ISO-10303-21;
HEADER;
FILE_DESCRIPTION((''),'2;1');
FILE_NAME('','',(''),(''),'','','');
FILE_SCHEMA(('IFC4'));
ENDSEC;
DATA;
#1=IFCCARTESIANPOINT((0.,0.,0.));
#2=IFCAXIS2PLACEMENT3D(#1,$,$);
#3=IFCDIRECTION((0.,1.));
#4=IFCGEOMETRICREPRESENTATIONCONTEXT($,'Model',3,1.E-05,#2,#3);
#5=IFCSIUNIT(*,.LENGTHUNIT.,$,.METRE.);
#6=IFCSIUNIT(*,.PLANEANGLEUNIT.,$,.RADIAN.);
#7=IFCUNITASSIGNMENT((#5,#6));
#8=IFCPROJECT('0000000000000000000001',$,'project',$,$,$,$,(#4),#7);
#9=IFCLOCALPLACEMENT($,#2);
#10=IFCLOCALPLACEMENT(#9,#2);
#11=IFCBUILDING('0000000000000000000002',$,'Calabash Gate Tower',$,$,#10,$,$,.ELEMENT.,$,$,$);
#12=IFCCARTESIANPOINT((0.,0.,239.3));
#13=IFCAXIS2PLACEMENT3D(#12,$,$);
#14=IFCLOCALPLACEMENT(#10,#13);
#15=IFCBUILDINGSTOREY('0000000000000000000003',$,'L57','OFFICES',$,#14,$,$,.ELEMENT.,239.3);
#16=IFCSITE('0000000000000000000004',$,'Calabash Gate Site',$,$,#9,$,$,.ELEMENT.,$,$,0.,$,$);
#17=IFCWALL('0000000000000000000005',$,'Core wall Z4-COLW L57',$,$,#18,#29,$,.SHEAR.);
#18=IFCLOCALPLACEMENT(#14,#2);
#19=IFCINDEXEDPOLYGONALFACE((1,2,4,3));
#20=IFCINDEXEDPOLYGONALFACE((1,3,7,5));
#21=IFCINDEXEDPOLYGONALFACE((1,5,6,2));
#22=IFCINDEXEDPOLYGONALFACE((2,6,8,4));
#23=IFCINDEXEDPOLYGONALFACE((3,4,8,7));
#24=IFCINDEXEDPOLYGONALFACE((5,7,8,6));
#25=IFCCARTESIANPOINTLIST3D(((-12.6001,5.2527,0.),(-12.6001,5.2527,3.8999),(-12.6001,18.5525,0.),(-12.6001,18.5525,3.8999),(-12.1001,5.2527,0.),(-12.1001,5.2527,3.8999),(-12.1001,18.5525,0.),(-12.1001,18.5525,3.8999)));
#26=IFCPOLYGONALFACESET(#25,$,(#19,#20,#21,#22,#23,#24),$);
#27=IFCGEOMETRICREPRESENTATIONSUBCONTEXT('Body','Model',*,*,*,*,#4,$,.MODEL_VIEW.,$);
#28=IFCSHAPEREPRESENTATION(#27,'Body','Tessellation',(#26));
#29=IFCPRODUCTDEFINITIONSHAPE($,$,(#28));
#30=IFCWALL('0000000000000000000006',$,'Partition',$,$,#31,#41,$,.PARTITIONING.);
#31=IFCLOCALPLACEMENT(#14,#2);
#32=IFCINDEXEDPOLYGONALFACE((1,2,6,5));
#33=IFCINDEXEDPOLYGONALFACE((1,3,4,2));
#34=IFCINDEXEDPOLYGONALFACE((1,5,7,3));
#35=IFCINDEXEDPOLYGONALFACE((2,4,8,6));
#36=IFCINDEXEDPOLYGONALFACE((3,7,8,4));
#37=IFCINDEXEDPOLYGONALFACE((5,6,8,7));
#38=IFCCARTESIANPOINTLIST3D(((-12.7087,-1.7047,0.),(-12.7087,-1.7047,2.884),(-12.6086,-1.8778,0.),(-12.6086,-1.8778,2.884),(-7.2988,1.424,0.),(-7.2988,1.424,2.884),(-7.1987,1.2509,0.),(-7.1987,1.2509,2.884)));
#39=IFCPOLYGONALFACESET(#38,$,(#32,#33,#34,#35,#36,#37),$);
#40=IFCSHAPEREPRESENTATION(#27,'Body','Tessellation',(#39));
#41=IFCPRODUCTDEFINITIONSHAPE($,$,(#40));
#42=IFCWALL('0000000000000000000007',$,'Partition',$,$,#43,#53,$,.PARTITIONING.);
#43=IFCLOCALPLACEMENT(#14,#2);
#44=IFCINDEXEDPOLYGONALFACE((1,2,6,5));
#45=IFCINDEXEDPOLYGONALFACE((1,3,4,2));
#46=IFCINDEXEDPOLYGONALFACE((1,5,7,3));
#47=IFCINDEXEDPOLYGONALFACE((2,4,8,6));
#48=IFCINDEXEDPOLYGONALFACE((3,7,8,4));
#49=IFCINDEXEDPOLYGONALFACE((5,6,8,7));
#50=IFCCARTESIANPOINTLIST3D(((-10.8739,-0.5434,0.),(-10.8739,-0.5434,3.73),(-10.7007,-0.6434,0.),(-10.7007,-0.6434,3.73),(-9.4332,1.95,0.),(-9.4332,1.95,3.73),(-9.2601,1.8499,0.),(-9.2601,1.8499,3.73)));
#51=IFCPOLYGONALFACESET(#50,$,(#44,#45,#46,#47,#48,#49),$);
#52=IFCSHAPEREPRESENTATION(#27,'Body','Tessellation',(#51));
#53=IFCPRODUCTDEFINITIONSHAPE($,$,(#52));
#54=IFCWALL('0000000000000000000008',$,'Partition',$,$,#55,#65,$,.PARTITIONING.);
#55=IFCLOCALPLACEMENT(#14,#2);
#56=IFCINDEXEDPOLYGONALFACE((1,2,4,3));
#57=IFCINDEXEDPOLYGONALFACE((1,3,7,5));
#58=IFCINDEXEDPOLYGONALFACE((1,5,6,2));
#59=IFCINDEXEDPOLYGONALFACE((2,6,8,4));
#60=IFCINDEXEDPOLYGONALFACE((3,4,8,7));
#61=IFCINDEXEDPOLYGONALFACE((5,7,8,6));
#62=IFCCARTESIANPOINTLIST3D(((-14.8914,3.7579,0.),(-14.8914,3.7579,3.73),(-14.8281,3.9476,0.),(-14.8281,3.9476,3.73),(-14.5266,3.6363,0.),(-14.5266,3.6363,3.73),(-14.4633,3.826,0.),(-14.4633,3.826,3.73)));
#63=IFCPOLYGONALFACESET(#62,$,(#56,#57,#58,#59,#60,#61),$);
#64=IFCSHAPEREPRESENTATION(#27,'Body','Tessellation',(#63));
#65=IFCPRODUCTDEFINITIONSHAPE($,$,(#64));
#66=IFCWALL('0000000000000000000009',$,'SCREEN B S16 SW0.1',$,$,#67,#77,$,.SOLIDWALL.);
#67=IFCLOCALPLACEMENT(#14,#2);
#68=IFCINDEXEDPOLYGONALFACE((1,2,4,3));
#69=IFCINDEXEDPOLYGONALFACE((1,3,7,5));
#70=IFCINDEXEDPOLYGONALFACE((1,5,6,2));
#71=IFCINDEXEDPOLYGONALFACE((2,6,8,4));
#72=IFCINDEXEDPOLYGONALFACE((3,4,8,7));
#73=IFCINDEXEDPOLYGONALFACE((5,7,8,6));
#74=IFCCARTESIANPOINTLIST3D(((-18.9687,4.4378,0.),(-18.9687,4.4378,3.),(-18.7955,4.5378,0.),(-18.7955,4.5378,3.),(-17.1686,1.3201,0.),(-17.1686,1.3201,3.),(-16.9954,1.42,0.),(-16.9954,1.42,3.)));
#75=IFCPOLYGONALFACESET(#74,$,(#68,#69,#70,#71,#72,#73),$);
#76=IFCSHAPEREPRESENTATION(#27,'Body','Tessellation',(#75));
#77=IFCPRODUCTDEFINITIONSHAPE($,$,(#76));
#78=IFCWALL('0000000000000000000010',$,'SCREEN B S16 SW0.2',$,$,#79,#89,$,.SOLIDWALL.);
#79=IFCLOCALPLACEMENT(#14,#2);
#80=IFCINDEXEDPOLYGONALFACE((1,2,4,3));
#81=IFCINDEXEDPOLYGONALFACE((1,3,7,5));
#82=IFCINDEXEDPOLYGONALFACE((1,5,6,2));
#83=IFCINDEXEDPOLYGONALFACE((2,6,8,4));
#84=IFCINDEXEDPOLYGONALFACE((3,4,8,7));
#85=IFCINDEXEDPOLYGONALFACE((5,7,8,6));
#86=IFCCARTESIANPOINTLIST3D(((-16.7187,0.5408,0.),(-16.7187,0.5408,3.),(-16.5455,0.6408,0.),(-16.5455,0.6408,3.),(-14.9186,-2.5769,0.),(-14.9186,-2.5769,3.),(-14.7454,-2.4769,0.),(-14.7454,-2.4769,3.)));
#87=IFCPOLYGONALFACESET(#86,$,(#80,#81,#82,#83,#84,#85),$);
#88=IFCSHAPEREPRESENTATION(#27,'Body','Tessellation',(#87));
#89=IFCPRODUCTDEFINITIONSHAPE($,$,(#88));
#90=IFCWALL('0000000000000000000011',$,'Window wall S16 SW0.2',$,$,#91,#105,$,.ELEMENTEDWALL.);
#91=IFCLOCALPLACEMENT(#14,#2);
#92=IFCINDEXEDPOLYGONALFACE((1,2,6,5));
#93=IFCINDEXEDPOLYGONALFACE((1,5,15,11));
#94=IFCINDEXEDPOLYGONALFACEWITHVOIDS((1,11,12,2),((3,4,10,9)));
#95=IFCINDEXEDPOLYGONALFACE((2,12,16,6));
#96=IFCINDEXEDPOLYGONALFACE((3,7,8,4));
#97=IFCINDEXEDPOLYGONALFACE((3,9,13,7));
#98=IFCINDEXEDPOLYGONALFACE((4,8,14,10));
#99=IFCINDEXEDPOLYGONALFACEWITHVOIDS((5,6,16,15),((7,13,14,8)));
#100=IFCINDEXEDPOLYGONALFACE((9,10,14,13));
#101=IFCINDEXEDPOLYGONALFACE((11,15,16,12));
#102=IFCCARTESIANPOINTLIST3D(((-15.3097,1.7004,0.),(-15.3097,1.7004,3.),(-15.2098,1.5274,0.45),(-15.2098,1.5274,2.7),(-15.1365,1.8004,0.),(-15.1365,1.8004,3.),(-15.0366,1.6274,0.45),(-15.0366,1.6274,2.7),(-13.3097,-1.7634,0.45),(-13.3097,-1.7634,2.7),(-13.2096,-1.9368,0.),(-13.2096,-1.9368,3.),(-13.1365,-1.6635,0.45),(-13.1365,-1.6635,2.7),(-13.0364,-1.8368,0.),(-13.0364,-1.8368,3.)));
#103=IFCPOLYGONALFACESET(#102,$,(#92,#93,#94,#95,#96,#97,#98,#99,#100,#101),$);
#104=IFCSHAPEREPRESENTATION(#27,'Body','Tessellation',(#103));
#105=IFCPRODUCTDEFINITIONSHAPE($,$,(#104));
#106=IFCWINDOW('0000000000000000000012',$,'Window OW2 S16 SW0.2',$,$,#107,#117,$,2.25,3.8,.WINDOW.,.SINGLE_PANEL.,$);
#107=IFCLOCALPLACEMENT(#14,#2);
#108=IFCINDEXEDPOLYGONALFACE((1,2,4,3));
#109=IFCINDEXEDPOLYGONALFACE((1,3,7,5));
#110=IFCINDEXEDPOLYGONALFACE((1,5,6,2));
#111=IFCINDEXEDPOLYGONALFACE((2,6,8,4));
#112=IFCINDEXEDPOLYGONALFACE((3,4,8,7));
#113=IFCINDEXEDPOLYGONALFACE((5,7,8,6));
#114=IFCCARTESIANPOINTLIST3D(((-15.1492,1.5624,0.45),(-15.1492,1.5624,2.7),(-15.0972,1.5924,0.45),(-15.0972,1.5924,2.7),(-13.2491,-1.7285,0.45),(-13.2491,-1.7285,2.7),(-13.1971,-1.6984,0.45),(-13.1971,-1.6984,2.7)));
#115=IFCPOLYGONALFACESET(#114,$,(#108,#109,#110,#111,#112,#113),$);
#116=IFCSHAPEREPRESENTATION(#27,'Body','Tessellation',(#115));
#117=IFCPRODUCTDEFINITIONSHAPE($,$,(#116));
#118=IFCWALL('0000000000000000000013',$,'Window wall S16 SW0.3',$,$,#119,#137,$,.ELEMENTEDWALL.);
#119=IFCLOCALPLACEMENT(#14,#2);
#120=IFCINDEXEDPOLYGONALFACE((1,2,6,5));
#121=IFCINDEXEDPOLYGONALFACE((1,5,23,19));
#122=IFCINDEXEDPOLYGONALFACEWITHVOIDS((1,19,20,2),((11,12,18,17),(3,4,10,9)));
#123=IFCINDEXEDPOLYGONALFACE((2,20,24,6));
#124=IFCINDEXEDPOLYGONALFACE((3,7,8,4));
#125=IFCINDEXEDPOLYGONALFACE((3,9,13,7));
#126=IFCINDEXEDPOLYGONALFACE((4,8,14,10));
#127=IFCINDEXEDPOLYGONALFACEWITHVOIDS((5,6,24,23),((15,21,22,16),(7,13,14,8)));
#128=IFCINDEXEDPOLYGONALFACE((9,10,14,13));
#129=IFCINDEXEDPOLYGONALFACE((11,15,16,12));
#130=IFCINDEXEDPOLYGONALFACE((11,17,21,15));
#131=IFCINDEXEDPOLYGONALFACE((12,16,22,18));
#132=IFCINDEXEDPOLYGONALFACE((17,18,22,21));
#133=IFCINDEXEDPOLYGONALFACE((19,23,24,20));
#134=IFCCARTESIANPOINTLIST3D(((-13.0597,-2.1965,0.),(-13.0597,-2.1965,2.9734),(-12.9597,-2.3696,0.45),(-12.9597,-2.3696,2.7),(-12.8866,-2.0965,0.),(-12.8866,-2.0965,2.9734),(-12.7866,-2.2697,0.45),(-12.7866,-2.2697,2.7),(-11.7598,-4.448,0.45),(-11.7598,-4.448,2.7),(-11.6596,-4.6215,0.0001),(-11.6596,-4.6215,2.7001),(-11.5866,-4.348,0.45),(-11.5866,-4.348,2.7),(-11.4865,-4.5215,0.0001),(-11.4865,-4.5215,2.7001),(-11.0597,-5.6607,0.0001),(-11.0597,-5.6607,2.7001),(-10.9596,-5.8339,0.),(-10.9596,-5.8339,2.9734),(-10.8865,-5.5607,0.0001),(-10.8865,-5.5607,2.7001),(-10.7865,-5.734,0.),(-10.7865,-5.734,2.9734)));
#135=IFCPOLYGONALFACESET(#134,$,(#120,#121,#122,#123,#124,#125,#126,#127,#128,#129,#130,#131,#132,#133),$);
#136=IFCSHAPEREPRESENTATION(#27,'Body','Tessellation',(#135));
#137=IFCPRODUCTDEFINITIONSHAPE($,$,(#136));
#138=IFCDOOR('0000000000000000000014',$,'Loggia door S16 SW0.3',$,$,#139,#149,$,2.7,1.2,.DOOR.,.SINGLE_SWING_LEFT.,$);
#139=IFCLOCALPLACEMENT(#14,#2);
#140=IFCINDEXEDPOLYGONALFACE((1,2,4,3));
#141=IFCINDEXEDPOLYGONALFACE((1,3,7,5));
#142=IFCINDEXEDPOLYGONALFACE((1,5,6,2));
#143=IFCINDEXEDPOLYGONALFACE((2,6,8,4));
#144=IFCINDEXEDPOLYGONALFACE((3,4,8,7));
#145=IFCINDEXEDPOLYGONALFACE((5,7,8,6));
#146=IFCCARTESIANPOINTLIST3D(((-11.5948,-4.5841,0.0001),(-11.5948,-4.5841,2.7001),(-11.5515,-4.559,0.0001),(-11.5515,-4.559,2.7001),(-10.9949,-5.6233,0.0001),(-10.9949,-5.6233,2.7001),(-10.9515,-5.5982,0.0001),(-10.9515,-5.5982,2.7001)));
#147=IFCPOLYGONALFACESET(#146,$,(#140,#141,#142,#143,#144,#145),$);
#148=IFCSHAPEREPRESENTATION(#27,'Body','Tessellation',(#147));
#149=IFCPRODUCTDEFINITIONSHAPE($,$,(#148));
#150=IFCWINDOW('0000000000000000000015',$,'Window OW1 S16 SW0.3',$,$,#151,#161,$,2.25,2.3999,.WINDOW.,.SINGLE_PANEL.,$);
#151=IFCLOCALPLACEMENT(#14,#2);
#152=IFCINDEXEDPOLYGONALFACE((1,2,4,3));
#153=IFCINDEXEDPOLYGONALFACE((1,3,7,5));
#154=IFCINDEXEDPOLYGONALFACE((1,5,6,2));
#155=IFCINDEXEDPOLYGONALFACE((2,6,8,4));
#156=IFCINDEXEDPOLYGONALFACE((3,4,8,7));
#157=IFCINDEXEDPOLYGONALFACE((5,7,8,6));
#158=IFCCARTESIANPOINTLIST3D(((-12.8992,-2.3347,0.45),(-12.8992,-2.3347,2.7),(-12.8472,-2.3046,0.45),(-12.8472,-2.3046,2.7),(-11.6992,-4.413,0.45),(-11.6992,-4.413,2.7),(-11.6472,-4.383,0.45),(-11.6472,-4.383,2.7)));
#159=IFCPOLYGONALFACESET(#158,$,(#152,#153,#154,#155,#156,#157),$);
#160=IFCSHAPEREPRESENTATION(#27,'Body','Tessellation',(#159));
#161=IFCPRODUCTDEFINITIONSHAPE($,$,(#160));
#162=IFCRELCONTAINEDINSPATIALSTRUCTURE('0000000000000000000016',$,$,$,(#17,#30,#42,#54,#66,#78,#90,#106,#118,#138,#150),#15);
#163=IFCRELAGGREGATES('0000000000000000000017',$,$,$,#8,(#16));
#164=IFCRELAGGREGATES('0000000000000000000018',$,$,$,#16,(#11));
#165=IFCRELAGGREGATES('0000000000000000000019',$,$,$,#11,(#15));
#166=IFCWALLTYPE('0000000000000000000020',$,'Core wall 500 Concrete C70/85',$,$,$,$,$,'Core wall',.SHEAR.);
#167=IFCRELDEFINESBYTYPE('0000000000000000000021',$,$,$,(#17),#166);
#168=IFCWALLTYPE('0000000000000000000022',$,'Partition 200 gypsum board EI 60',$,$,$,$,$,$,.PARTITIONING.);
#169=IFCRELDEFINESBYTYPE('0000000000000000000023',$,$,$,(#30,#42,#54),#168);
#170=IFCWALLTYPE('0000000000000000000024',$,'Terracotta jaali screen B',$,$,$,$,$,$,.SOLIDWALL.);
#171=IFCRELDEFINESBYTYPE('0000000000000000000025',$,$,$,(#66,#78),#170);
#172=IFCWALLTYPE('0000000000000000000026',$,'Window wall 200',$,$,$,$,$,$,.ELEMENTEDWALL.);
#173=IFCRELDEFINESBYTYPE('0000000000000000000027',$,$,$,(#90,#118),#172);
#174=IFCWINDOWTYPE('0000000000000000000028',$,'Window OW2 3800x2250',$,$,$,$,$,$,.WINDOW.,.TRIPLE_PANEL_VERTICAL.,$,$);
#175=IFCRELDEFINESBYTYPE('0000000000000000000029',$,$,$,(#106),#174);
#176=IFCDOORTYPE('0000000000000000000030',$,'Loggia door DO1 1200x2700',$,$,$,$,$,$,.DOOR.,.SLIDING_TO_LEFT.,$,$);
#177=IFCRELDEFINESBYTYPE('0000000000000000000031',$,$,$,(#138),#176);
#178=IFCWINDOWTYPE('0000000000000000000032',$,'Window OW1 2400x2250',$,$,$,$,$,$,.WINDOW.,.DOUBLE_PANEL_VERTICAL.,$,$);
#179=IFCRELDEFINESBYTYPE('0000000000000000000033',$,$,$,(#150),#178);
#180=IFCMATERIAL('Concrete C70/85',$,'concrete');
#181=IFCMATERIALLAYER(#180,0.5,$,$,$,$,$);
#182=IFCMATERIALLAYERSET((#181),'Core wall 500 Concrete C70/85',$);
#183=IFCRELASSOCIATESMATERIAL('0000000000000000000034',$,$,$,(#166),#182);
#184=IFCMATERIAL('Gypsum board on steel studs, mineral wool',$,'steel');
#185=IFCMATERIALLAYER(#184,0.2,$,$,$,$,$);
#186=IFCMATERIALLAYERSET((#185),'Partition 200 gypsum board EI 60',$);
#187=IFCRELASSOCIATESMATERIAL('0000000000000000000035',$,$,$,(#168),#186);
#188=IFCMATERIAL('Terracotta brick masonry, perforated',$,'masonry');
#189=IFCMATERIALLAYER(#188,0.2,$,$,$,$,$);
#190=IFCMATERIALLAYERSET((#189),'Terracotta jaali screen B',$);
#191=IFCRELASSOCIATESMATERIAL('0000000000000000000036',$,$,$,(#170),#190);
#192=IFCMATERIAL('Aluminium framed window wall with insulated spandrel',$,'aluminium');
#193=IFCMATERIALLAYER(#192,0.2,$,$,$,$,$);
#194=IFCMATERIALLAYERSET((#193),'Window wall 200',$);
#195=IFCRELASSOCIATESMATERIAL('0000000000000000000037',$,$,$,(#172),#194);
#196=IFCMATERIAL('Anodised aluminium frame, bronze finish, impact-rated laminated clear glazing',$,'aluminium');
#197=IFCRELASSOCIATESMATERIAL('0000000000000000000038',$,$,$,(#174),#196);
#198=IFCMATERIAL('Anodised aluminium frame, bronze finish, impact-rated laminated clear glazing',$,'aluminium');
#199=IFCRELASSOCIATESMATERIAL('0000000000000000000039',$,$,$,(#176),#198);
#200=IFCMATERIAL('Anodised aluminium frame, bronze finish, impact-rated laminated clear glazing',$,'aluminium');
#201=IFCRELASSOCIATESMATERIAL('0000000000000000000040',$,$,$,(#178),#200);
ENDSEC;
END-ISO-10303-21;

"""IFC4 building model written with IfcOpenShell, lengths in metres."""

from ifc_helpers import new_model, si_unit, direction, frame, frame_2d, origin, place, context, subcontext, project, spatial, rectangle, extrude, material, layer, layer_set, type_object, element, fill, save


model = new_model("IFC4")

# Units and contexts
model_context = context("Model", 3, precision=1e-05, world=origin(), true_north=direction((0.0, 1.0)))
body_context = subcontext(model_context, "Body", "Model", "MODEL_VIEW")
ifc_project = project(units=[si_unit("LENGTHUNIT", "METRE"), si_unit("PLANEANGLEUNIT", "RADIAN")], contexts=[model_context])

# Site, building, storey
site_placement = place(None, origin())
site = spatial("IfcSite", under=ifc_project, at=site_placement, Name="Calabash Gate Site", CompositionType="ELEMENT", RefElevation=0.0)
building_placement = place(site_placement, origin())
building = spatial("IfcBuilding", under=site, at=building_placement, Name="Calabash Gate Tower", CompositionType="ELEMENT")
storey_placement = place(building_placement, frame((0.0, 0.0, 239.3)))
storey = spatial("IfcBuildingStorey", under=building, at=storey_placement, Name="L57", Description="OFFICES", CompositionType="ELEMENT", Elevation=239.3)

# Walls
ifc_material_1 = material(Name="Concrete C70/85", Category="concrete")
ifc_layer_1 = layer(ifc_material_1, 0.5)
ifc_layer_set_1 = layer_set([ifc_layer_1], Name="Core wall 500 Concrete C70/85")
wall_type_1 = type_object("IfcWallType", Name="Core wall 500 Concrete C70/85", ElementType="Core wall", PredefinedType="SHEAR", material=ifc_layer_set_1)
wall_1_placement = place(storey_placement, frame((-12.3501, 5.2527, 0.0), z_axis=(0.0, 0.0, 1.0), x_axis=(0.0, 1.0, 0.0)))
element("IfcWall", 1, at=wall_1_placement, inside=storey, type_object=wall_type_1, Name="Core wall Z4-COLW L57", PredefinedType="SHEAR", context=body_context, shape_type="SweptSolid", body=[
    extrude(rectangle(XDim=13.2998, YDim=0.5, at=frame_2d((6.6499, 0.0))), origin(), (0.0, 0.0, 1.0), 3.8999),
])
ifc_material_2 = material(Name="Gypsum board on steel studs, mineral wool", Category="steel")
ifc_layer_2 = layer(ifc_material_2, 0.2)
ifc_layer_set_2 = layer_set([ifc_layer_2], Name="Partition 200 gypsum board EI 60")
wall_type_2 = type_object("IfcWallType", Name="Partition 200 gypsum board EI 60", PredefinedType="PARTITIONING", material=ifc_layer_set_2)
wall_2_placement = place(storey_placement, frame((-12.6587, -1.7913, 0.0), z_axis=(0.0, 0.0, 1.0), x_axis=(0.865662, 0.50063, 0.0)))
element("IfcWall", 2, at=wall_2_placement, inside=storey, type_object=wall_type_2, Name="Partition", PredefinedType="PARTITIONING", context=body_context, shape_type="SweptSolid", body=[
    extrude(rectangle(XDim=6.2495, YDim=0.2, at=frame_2d((3.1248, 0.0))), origin(), (0.0, 0.0, 1.0), 2.884),
])
wall_3_placement = place(storey_placement, frame((-10.7874, -0.5935, 0.0), z_axis=(0.0, 0.0, 1.0), x_axis=(0.500287, 0.865859, 0.0)))
element("IfcWall", 3, at=wall_3_placement, inside=storey, type_object=wall_type_2, Name="Partition", PredefinedType="PARTITIONING", context=body_context, shape_type="SweptSolid", body=[
    extrude(rectangle(XDim=2.8796, YDim=0.2, at=frame_2d((1.4399, 0.0))), origin(), (0.0, 0.0, 1.0), 3.73),
])

# Walls
wall_4_placement = place(storey_placement, frame((-14.8599, 3.8528, 0.0), z_axis=(0.0, 0.0, 1.0), x_axis=(0.948683, -0.316228, 0.0)))
element("IfcWall", 4, at=wall_4_placement, inside=storey, type_object=wall_type_2, Name="Partition", PredefinedType="PARTITIONING", context=body_context, shape_type="SweptSolid", body=[
    extrude(rectangle(XDim=0.3845, YDim=0.2, at=frame_2d((0.1924, 0.0))), origin(), (0.0, 0.0, 1.0), 3.73),
])
ifc_material_3 = material(Name="Terracotta brick masonry, perforated", Category="masonry")
ifc_layer_3 = layer(ifc_material_3, 0.2)
ifc_layer_set_3 = layer_set([ifc_layer_3], Name="Terracotta jaali screen B")
wall_type_3 = type_object("IfcWallType", Name="Terracotta jaali screen B", PredefinedType="SOLIDWALL", material=ifc_layer_set_3)
for number, where, z_axis, x_axis, name in (
    (5, (-18.8821, 4.4878, 0.0), (0.0, 0.0, 1.0), (0.500012, -0.866018, 0.0), "SCREEN B S16 SW0.1"),
    (6, (-16.6321, 0.5908, 0.0), (0.0, 0.0, 1.0), (0.500012, -0.866018, 0.0), "SCREEN B S16 SW0.2"),
):
    element("IfcWall", number, at=place(storey_placement, frame(where, z_axis=z_axis, x_axis=x_axis)), inside=storey, type_object=wall_type_3, Name=name, PredefinedType="SOLIDWALL", context=body_context, shape_type="SweptSolid", body=[
        extrude(rectangle(XDim=3.6001, YDim=0.2, at=frame_2d((1.8, 0.0))), origin(), (0.0, 0.0, 1.0), 3.0),
    ])

# Wall, opening, window
ifc_material_4 = material(Name="Aluminium framed window wall with insulated spandrel", Category="aluminium")
ifc_layer_4 = layer(ifc_material_4, 0.2)
ifc_layer_set_4 = layer_set([ifc_layer_4], Name="Window wall 200")
wall_type_4 = type_object("IfcWallType", Name="Window wall 200", PredefinedType="ELEMENTEDWALL", material=ifc_layer_set_4)
wall_5_placement = place(storey_placement, frame((-15.2231, 1.7505, 0.0), z_axis=(0.0, 0.0, 1.0), x_axis=(0.500028, -0.866009, 0.0)))
wall_5 = element("IfcWall", 7, at=wall_5_placement, inside=storey, type_object=wall_type_4, Name="Window wall S16 SW0.2", PredefinedType="ELEMENTEDWALL", context=body_context, shape_type="SweptSolid", body=[
    extrude(rectangle(XDim=4.2, YDim=0.2, at=frame_2d((2.1001, 0.0))), origin(), (0.0, 0.0, 1.0), 3.0),
])
opening_1_placement = place(wall_5_placement, frame((0.2, 0.0, 0.45)))
opening_1 = element("IfcOpeningElement", 8, at=opening_1_placement, cuts=wall_5, PredefinedType="OPENING", context=body_context, shape_type="SweptSolid", body=[
    extrude(rectangle(XDim=3.8, YDim=2.25, at=frame_2d((1.8999, 1.125))), frame((0.0, 0.1099, 0.0), z_axis=(0.0, -1.0, 0.0), x_axis=(1.0, 0.0, 0.0)), (0.0, 0.0, 1.0), 0.22),
])
ifc_material_5 = material(Name="Anodised aluminium frame, bronze finish, impact-rated laminated clear glazing", Category="aluminium")
window_type_1 = type_object("IfcWindowType", Name="Window OW2 3800x2250", PartitioningType="TRIPLE_PANEL_VERTICAL", PredefinedType="WINDOW", material=ifc_material_5)
window_1_placement = place(opening_1_placement, origin())
window_1 = element("IfcWindow", 9, at=window_1_placement, inside=storey, type_object=window_type_1, Name="Window OW2 S16 SW0.2", OverallHeight=2.25, OverallWidth=3.8, PartitioningType="SINGLE_PANEL", PredefinedType="WINDOW", context=body_context, shape_type="SweptSolid", body=[
    extrude(rectangle(XDim=3.8, YDim=2.25, at=frame_2d((1.8999, 1.125))), frame((0.0, 0.03, 0.0), z_axis=(0.0, -1.0, 0.0), x_axis=(1.0, 0.0, 0.0)), (0.0, 0.0, 1.0), 0.0601),
])
fill(opening_1, window_1)

# Wall, openings, door, window
wall_6_placement = place(storey_placement, frame((-12.9731, -2.1465, 0.0), z_axis=(0.0, 0.0, 1.0), x_axis=(0.500003, -0.866024, 0.0)))
wall_6 = element("IfcWall", 10, at=wall_6_placement, inside=storey, type_object=wall_type_4, Name="Window wall S16 SW0.3", PredefinedType="ELEMENTEDWALL", context=body_context, shape_type="SweptSolid", body=[
    extrude(rectangle(XDim=4.2002, YDim=0.2, at=frame_2d((2.1001, 0.0))), origin(), (0.0, 0.0, 1.0), 2.9734),
])
opening_2_placement = place(wall_6_placement, frame((0.2, 0.0, 0.45)))
opening_2 = element("IfcOpeningElement", 11, at=opening_2_placement, cuts=wall_6, PredefinedType="OPENING", context=body_context, shape_type="SweptSolid", body=[
    extrude(rectangle(XDim=2.3999, YDim=2.25, at=frame_2d((1.2, 1.125))), frame((0.0, 0.1099, 0.0), z_axis=(0.0, -1.0, 0.0), x_axis=(1.0, 0.0, 0.0)), (0.0, 0.0, 1.0), 0.22),
])
opening_3_placement = place(wall_6_placement, frame((2.8, 0.0, 0.0)))
opening_3 = element("IfcOpeningElement", 12, at=opening_3_placement, cuts=wall_6, PredefinedType="OPENING", context=body_context, shape_type="SweptSolid", body=[
    extrude(rectangle(XDim=1.2, YDim=2.7, at=frame_2d((0.6001, 1.3501))), frame((0.0, 0.1099, 0.0), z_axis=(0.0, -1.0, 0.0), x_axis=(1.0, 0.0, 0.0)), (0.0, 0.0, 1.0), 0.22),
])
ifc_material_6 = material(Name="Anodised aluminium frame, bronze finish, impact-rated laminated clear glazing", Category="aluminium")
door_type_1 = type_object("IfcDoorType", Name="Loggia door DO1 1200x2700", OperationType="SLIDING_TO_LEFT", PredefinedType="DOOR", material=ifc_material_6)
door_1_placement = place(opening_3_placement, origin())
door_1 = element("IfcDoor", 13, at=door_1_placement, inside=storey, type_object=door_type_1, Name="Loggia door S16 SW0.3", OperationType="SINGLE_SWING_LEFT", OverallHeight=2.7, OverallWidth=1.2, PredefinedType="DOOR", context=body_context, shape_type="SweptSolid", body=[
    extrude(rectangle(XDim=1.2, YDim=2.7, at=frame_2d((0.6001, 1.3501))), frame((0.0, 0.0249, 0.0), z_axis=(0.0, -1.0, 0.0), x_axis=(1.0, 0.0, 0.0)), (0.0, 0.0, 1.0), 0.05),
])
fill(opening_3, door_1)
ifc_material_7 = material(Name="Anodised aluminium frame, bronze finish, impact-rated laminated clear glazing", Category="aluminium")
window_type_2 = type_object("IfcWindowType", Name="Window OW1 2400x2250", PartitioningType="DOUBLE_PANEL_VERTICAL", PredefinedType="WINDOW", material=ifc_material_7)
window_2_placement = place(opening_2_placement, origin())
window_2 = element("IfcWindow", 14, at=window_2_placement, inside=storey, type_object=window_type_2, Name="Window OW1 S16 SW0.3", OverallHeight=2.25, OverallWidth=2.3999, PartitioningType="SINGLE_PANEL", PredefinedType="WINDOW", context=body_context, shape_type="SweptSolid", body=[
    extrude(rectangle(XDim=2.3999, YDim=2.25, at=frame_2d((1.2, 1.125))), frame((0.0, 0.03, 0.0), z_axis=(0.0, -1.0, 0.0), x_axis=(1.0, 0.0, 0.0)), (0.0, 0.0, 1.0), 0.0601),
])
fill(opening_2, window_2)

save(model, "model.ifc")
